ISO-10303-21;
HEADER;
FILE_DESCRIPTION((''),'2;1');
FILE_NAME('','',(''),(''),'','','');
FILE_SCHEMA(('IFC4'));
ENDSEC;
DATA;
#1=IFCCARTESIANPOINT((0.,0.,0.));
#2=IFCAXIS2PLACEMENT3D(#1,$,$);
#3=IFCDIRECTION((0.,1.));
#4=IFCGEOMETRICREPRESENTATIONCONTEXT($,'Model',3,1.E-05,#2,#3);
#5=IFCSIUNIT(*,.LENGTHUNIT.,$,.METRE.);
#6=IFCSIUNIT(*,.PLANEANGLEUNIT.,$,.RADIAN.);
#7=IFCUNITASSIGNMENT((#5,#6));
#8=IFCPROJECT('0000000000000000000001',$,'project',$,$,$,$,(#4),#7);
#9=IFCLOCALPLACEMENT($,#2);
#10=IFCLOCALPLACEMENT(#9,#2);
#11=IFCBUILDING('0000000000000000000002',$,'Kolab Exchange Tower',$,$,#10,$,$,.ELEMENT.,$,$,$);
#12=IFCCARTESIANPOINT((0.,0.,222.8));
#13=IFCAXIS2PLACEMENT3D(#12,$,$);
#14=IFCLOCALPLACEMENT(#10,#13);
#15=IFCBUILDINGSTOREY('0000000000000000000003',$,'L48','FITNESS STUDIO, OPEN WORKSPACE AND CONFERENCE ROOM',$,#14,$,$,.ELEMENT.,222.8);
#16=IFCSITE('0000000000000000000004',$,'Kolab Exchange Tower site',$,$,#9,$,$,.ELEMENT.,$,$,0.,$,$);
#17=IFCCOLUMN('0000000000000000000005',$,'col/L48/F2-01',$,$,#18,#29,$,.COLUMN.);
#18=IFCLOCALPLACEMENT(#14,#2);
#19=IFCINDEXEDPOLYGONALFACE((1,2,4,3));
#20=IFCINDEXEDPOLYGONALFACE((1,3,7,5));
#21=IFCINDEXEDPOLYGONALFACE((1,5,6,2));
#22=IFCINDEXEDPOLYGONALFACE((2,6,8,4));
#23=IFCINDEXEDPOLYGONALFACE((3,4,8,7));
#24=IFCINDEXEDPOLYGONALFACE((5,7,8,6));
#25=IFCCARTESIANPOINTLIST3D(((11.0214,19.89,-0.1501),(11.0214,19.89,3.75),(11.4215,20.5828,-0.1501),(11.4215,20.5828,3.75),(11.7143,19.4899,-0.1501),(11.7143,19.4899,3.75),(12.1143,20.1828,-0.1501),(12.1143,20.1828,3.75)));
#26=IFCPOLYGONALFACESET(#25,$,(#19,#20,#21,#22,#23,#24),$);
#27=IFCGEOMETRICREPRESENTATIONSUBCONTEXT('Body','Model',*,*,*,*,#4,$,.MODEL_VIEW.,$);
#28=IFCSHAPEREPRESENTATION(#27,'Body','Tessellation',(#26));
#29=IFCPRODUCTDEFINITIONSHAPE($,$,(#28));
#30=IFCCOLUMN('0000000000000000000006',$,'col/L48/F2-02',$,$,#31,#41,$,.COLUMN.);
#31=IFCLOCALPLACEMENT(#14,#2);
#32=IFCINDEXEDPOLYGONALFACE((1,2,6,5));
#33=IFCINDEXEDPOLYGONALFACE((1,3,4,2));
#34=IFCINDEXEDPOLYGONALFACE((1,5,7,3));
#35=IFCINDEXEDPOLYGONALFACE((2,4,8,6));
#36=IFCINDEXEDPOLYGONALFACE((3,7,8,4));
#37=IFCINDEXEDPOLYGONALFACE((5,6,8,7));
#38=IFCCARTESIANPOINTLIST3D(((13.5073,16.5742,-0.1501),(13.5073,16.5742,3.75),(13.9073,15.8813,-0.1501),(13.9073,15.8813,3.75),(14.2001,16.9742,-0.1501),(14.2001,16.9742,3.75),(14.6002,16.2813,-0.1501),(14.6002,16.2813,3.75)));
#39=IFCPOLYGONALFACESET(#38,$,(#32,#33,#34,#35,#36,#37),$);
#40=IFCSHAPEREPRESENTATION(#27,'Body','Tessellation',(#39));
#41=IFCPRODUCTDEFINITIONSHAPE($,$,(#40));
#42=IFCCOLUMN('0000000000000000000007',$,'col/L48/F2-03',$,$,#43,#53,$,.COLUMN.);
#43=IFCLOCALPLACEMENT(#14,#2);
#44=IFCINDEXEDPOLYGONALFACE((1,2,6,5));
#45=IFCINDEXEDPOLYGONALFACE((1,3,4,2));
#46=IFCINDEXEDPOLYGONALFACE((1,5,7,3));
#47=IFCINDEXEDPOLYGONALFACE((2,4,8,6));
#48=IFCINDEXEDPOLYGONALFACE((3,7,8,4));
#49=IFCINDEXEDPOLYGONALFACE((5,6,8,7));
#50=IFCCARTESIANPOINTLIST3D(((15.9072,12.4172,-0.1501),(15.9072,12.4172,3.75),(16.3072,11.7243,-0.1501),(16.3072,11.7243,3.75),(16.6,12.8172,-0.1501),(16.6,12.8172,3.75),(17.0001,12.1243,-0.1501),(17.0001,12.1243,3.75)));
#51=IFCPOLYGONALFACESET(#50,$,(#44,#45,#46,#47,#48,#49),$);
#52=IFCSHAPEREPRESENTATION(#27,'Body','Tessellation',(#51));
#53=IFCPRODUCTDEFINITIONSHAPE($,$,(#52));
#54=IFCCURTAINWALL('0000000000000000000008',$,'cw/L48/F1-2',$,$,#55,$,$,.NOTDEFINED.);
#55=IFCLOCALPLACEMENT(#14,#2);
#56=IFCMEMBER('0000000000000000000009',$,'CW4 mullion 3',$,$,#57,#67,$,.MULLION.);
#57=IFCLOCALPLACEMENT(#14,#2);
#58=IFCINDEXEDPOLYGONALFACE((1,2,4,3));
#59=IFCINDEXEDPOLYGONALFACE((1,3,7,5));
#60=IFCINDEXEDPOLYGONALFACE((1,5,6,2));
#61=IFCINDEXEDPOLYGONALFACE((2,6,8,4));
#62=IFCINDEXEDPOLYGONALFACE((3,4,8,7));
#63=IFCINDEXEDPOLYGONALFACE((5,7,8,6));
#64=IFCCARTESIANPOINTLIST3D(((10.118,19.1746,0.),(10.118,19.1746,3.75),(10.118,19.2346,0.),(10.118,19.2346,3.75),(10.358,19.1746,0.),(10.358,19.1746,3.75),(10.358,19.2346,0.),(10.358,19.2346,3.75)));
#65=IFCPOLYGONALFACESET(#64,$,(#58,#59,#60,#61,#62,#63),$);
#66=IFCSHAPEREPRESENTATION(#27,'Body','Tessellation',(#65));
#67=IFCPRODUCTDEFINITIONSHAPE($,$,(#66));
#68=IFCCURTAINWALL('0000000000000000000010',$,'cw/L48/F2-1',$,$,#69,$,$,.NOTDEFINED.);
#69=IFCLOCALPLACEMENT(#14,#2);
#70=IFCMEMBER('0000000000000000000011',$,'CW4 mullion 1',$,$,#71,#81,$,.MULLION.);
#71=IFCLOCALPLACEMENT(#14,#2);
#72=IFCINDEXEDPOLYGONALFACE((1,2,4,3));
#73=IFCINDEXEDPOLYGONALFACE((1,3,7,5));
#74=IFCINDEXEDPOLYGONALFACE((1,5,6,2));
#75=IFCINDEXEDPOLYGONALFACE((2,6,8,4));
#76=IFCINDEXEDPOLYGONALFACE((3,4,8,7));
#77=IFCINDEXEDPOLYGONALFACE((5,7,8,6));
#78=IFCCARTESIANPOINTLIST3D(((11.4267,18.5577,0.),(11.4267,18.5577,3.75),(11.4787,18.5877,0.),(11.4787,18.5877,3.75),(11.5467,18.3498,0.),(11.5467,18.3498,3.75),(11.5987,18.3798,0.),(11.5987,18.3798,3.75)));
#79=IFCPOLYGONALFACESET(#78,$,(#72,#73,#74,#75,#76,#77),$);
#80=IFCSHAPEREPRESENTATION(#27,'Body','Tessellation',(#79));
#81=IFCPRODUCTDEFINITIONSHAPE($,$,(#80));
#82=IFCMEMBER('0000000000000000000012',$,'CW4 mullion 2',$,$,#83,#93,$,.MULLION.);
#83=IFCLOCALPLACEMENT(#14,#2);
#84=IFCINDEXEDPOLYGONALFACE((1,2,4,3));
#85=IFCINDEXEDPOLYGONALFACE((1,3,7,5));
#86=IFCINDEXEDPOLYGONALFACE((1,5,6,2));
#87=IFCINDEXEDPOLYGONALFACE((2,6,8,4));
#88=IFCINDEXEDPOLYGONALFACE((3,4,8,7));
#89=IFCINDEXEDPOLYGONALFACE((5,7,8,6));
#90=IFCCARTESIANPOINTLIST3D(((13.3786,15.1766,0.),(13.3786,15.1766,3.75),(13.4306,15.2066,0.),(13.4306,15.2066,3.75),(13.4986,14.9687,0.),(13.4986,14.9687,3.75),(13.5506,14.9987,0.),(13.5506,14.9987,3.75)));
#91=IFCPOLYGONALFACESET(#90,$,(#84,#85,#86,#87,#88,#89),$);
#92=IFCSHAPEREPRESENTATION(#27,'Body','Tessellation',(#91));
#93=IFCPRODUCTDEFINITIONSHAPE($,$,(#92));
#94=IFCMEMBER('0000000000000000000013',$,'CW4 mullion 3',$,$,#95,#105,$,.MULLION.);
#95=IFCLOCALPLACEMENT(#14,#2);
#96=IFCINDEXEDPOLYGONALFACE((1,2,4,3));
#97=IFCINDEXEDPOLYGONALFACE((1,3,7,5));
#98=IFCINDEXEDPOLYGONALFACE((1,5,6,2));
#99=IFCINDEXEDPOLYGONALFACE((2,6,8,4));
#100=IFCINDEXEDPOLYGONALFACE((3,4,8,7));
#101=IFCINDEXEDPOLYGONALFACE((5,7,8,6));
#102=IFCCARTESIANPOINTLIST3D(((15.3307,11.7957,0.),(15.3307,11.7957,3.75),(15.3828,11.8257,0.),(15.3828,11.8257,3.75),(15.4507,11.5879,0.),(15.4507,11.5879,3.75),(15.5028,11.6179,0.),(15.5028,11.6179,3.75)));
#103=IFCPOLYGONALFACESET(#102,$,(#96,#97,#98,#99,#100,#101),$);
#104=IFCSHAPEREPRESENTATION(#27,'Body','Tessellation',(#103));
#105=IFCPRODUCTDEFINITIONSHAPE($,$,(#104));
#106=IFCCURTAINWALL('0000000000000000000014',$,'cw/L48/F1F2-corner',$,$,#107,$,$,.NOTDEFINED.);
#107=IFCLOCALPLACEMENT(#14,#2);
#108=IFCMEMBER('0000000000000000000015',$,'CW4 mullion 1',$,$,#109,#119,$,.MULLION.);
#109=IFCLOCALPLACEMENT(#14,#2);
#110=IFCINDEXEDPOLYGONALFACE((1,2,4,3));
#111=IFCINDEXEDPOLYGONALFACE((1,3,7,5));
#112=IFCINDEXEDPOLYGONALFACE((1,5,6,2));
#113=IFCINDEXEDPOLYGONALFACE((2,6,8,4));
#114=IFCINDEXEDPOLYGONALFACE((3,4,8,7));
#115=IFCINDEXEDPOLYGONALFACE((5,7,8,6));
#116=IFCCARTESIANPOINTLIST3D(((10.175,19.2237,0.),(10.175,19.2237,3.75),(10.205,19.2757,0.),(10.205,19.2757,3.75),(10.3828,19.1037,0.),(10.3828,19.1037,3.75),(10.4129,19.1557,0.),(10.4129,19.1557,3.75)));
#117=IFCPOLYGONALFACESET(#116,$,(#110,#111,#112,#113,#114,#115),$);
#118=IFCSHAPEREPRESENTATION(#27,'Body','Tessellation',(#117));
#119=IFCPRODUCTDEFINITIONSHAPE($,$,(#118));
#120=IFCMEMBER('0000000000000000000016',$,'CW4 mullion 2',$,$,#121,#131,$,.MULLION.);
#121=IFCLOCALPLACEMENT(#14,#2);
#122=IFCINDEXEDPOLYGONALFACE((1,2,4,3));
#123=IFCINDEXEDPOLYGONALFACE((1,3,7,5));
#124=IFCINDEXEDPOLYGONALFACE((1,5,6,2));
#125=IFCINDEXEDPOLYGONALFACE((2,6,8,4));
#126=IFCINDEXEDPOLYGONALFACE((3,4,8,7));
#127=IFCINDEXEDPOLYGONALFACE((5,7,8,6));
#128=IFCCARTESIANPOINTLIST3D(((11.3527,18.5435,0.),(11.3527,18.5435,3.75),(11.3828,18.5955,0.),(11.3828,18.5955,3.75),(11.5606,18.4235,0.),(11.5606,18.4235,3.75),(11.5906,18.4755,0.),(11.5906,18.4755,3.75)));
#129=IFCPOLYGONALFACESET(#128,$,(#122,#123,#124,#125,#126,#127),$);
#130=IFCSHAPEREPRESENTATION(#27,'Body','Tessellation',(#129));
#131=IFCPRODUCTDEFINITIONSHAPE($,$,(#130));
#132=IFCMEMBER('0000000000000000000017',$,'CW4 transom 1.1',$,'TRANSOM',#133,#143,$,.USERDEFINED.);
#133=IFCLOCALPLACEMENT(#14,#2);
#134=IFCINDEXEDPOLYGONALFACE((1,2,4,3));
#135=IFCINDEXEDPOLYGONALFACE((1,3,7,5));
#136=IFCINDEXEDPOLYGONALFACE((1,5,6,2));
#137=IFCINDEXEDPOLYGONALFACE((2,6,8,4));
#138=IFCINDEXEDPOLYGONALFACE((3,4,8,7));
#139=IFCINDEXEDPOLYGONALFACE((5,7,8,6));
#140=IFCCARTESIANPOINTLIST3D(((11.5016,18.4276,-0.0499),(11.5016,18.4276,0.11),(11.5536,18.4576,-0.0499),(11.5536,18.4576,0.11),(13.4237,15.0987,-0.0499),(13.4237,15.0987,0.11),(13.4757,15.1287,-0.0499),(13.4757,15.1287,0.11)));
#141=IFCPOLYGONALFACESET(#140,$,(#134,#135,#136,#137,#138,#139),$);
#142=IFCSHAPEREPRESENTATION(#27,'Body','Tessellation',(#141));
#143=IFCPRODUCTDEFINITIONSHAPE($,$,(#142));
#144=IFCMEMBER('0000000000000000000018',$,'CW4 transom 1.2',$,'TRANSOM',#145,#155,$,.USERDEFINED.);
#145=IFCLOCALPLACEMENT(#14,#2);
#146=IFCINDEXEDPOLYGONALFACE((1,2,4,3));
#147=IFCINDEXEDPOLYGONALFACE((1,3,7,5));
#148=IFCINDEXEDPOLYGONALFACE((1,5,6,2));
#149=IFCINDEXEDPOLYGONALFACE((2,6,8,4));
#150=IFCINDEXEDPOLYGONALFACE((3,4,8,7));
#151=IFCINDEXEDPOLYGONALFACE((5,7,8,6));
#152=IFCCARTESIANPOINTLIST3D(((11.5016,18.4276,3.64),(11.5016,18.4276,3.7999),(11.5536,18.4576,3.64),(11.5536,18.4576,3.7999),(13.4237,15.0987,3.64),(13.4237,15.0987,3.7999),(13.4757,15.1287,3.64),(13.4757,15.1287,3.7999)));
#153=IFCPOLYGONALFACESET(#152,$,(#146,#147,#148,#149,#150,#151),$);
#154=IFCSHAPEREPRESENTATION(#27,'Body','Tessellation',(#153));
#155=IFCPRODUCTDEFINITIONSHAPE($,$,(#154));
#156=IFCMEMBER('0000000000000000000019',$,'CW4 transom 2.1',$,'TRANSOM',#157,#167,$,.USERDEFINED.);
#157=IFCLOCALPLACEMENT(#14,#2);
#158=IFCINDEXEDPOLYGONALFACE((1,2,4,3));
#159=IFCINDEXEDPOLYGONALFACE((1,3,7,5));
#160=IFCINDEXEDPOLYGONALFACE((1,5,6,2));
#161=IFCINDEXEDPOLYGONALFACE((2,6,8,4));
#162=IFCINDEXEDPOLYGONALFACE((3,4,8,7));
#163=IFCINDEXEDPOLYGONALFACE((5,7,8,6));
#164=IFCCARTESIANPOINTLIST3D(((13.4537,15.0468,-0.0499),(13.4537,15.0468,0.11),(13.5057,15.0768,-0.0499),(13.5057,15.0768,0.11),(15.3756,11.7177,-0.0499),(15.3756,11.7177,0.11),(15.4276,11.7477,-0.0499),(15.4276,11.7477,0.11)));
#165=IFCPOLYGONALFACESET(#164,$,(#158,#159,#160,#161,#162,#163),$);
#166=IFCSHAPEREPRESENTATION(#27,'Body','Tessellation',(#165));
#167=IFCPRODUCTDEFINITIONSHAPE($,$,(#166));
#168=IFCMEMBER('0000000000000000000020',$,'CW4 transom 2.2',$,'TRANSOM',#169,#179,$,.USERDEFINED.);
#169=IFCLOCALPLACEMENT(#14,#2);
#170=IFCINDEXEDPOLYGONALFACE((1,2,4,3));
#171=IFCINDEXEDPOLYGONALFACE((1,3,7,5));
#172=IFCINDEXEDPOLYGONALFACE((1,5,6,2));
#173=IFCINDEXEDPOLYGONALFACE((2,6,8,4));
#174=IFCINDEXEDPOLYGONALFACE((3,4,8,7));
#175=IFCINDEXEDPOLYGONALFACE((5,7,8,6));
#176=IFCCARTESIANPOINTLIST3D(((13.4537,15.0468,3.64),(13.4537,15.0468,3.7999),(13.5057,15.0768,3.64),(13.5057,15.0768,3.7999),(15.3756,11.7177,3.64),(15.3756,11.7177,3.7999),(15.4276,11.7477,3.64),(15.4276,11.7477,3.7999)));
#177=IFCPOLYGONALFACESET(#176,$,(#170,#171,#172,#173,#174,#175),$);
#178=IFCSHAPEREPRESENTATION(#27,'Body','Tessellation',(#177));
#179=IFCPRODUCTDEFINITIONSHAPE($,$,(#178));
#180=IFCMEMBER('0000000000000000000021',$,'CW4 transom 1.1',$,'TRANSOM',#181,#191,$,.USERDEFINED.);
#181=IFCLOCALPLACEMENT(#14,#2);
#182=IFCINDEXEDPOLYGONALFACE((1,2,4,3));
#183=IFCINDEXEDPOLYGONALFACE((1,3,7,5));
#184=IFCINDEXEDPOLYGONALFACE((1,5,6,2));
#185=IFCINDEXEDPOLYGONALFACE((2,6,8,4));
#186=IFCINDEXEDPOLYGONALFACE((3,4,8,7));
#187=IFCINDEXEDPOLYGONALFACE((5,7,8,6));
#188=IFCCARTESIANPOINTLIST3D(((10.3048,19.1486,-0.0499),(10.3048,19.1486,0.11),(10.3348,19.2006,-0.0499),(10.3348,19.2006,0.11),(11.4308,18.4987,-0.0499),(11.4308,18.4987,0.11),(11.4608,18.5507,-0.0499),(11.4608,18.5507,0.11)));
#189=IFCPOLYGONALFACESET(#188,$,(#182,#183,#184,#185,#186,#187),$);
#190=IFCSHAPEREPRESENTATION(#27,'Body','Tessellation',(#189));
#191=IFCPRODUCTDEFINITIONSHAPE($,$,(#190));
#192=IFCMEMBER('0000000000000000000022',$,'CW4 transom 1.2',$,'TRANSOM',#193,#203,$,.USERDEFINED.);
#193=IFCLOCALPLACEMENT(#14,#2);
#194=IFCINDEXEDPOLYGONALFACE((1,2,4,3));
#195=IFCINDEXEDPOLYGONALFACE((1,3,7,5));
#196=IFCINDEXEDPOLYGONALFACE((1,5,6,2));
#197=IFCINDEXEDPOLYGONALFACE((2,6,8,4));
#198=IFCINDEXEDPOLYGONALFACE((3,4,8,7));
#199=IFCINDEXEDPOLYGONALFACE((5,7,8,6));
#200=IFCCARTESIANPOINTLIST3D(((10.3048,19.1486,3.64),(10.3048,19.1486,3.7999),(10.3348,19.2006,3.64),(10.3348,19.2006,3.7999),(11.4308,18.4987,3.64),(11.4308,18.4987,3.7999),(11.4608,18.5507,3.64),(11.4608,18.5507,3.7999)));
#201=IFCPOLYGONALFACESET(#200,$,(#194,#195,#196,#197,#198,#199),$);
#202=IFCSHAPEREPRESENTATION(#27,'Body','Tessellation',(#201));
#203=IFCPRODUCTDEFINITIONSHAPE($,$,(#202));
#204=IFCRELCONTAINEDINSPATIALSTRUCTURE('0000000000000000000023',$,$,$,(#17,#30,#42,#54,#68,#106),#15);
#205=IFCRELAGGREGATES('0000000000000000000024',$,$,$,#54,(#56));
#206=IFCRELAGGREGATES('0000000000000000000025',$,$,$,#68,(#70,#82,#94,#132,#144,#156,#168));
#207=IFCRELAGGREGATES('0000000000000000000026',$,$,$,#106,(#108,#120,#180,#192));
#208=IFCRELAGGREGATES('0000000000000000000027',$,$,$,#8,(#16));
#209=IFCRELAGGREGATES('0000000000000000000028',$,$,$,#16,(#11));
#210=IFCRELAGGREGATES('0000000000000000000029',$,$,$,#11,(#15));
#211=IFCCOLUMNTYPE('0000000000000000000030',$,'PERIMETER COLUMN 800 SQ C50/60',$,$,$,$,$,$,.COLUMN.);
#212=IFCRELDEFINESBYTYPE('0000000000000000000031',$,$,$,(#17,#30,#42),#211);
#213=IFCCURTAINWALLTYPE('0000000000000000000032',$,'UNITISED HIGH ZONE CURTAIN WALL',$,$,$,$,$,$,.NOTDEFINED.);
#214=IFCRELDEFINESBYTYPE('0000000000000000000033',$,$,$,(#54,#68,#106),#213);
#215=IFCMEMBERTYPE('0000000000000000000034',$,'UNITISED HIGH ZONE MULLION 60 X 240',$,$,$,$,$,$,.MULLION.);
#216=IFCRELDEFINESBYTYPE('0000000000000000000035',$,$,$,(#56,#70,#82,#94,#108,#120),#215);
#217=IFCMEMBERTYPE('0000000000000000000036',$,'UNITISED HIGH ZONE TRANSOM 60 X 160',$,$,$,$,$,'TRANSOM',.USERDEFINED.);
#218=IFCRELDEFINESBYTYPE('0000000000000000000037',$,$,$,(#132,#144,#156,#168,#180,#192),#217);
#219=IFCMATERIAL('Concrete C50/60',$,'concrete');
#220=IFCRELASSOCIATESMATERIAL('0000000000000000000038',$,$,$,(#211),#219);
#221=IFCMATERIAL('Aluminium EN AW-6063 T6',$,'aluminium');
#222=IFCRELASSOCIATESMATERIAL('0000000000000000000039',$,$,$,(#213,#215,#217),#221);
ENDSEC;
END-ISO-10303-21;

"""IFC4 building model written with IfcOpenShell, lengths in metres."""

from ifc_helpers import new_model, si_unit, direction, frame, origin, origin_2d, place, context, subcontext, project, spatial, rectangle, extrude, material, material_profile, profile_set, type_object, element, aggregate, save


model = new_model("IFC4")

# Units and contexts
model_context = context("Model", 3, precision=1e-05, world=origin(), true_north=direction((0.0, 1.0)))
body_context = subcontext(model_context, "Body", "Model", "MODEL_VIEW")
ifc_project = project(units=[si_unit("LENGTHUNIT", "METRE"), si_unit("PLANEANGLEUNIT", "RADIAN")], contexts=[model_context])

# Site, building, storey
site_placement = place(None, origin())
site = spatial("IfcSite", under=ifc_project, at=site_placement, Name="Kolab Exchange Tower site", CompositionType="ELEMENT", RefElevation=0.0)
building_placement = place(site_placement, origin())
building = spatial("IfcBuilding", under=site, at=building_placement, Name="Kolab Exchange Tower", CompositionType="ELEMENT")
storey_placement = place(building_placement, frame((0.0, 0.0, 222.8)))
storey = spatial("IfcBuildingStorey", under=building, at=storey_placement, Name="L48", Description="FITNESS STUDIO, OPEN WORKSPACE AND CONFERENCE ROOM", CompositionType="ELEMENT", Elevation=222.8)

# Columns
ifc_material_1 = material(Name="Concrete C50/60", Category="concrete")
ifc_material_profile_1 = material_profile(ifc_material_1, rectangle(XDim=0.8, YDim=0.8, at=origin_2d()), Name="RC800")
ifc_profile_set_1 = profile_set([ifc_material_profile_1], Name="Concrete C50/60")
column_type = type_object("IfcColumnType", Name="PERIMETER COLUMN 800 SQ C50/60", PredefinedType="COLUMN", material=ifc_profile_set_1)
for number, where, z_axis, x_axis, name in (
    (1, (11.5679, 20.0364, -0.1501), (0.0, 0.0, 1.0), (0.5, 0.866025, 0.0), "col/L48/F2-01"),
    (2, (14.0537, 16.4277, -0.1501), (0.0, 0.0, 1.0), (0.866025, 0.5, 0.0), "col/L48/F2-02"),
    (3, (16.4536, 12.2708, -0.1501), (0.0, 0.0, 1.0), (0.866025, 0.5, 0.0), "col/L48/F2-03"),
):
    element("IfcColumn", number, at=place(storey_placement, frame(where, z_axis=z_axis, x_axis=x_axis)), inside=storey, type_object=column_type, Name=name, PredefinedType="COLUMN", context=body_context, shape_type="SweptSolid", body=[
        extrude(rectangle(XDim=0.8, YDim=0.8, at=origin_2d()), origin(), (0.0, 0.0, 1.0), 3.9001),
    ])

# Curtain wall, member
ifc_material_2 = material(Name="Aluminium EN AW-6063 T6", Category="aluminium")
curtain_wall_type = type_object("IfcCurtainWallType", Name="UNITISED HIGH ZONE CURTAIN WALL", PredefinedType="NOTDEFINED", material=ifc_material_2)
curtain_wall_1_placement = place(storey_placement, origin())
curtain_wall_1 = element("IfcCurtainWall", 4, at=curtain_wall_1_placement, inside=storey, type_object=curtain_wall_type, Name="cw/L48/F1-2", PredefinedType="NOTDEFINED")
ifc_material_profile_2 = material_profile(ifc_material_2, rectangle(XDim=0.0601, YDim=0.24, at=origin_2d()), Name="RECT 60X240")
ifc_profile_set_2 = profile_set([ifc_material_profile_2], Name="Aluminium EN AW-6063 T6")
member_type_1 = type_object("IfcMemberType", Name="UNITISED HIGH ZONE MULLION 60 X 240", PredefinedType="MULLION", material=ifc_profile_set_2)
member_1_placement = place(storey_placement, frame((10.238, 19.2046, 0.0), z_axis=(0.0, 0.0, 1.0), x_axis=(0.0, 1.0, 0.0)))
member_1 = element("IfcMember", 5, at=member_1_placement, type_object=member_type_1, Name="CW4 mullion 3", PredefinedType="MULLION", context=body_context, shape_type="SweptSolid", body=[
    extrude(rectangle(XDim=0.0601, YDim=0.24, at=origin_2d()), origin(), (0.0, 0.0, 1.0), 3.75),
])
aggregate(curtain_wall_1, [member_1])

# Curtain walls, members
curtain_wall_2_placement = place(storey_placement, origin())
curtain_wall_2 = element("IfcCurtainWall", 6, at=curtain_wall_2_placement, inside=storey, type_object=curtain_wall_type, Name="cw/L48/F2-1", PredefinedType="NOTDEFINED")
member_2_placement = place(storey_placement, frame((11.5127, 18.4688, 0.0), z_axis=(0.0, 0.0, 1.0), x_axis=(0.866025, 0.5, 0.0)))
member_2 = element("IfcMember", 7, at=member_2_placement, type_object=member_type_1, Name="CW4 mullion 1", PredefinedType="MULLION", context=body_context, shape_type="SweptSolid", body=[
    extrude(rectangle(XDim=0.0601, YDim=0.24, at=origin_2d()), origin(), (0.0, 0.0, 1.0), 3.75),
])
member_3_placement = place(storey_placement, frame((13.4646, 15.0876, 0.0), z_axis=(0.0, 0.0, 1.0), x_axis=(0.866025, 0.5, 0.0)))
member_3 = element("IfcMember", 8, at=member_3_placement, type_object=member_type_1, Name="CW4 mullion 2", PredefinedType="MULLION", context=body_context, shape_type="SweptSolid", body=[
    extrude(rectangle(XDim=0.0601, YDim=0.24, at=origin_2d()), origin(), (0.0, 0.0, 1.0), 3.75),
])
member_4_placement = place(storey_placement, frame((15.4167, 11.7068, 0.0), z_axis=(0.0, 0.0, 1.0), x_axis=(0.866025, 0.5, 0.0)))
member_4 = element("IfcMember", 9, at=member_4_placement, type_object=member_type_1, Name="CW4 mullion 3", PredefinedType="MULLION", context=body_context, shape_type="SweptSolid", body=[
    extrude(rectangle(XDim=0.0601, YDim=0.24, at=origin_2d()), origin(), (0.0, 0.0, 1.0), 3.75),
])
curtain_wall_3_placement = place(storey_placement, origin())
curtain_wall_3 = element("IfcCurtainWall", 10, at=curtain_wall_3_placement, inside=storey, type_object=curtain_wall_type, Name="cw/L48/F1F2-corner", PredefinedType="NOTDEFINED")
member_5_placement = place(storey_placement, frame((10.2939, 19.1897, 0.0), z_axis=(0.0, 0.0, 1.0), x_axis=(0.5, 0.866025, 0.0)))
member_5 = element("IfcMember", 11, at=member_5_placement, type_object=member_type_1, Name="CW4 mullion 1", PredefinedType="MULLION", context=body_context, shape_type="SweptSolid", body=[
    extrude(rectangle(XDim=0.0601, YDim=0.24, at=origin_2d()), origin(), (0.0, 0.0, 1.0), 3.75),
])
member_6_placement = place(storey_placement, frame((11.4717, 18.5095, 0.0), z_axis=(0.0, 0.0, 1.0), x_axis=(0.5, 0.866025, 0.0)))
member_6 = element("IfcMember", 12, at=member_6_placement, type_object=member_type_1, Name="CW4 mullion 2", PredefinedType="MULLION", context=body_context, shape_type="SweptSolid", body=[
    extrude(rectangle(XDim=0.0601, YDim=0.24, at=origin_2d()), origin(), (0.0, 0.0, 1.0), 3.75),
])

# Members
ifc_material_profile_3 = material_profile(ifc_material_2, rectangle(XDim=0.0601, YDim=0.1599, at=origin_2d()), Name="RECT 60X160")
ifc_profile_set_3 = profile_set([ifc_material_profile_3], Name="Aluminium EN AW-6063 T6")
member_type_2 = type_object("IfcMemberType", Name="UNITISED HIGH ZONE TRANSOM 60 X 160", ElementType="TRANSOM", PredefinedType="USERDEFINED", material=ifc_profile_set_3)
member_7_placement = place(storey_placement, frame((11.5276, 18.4426, 0.03), z_axis=(0.500039, -0.866003, 0.0), x_axis=(0.866003, 0.500039, 0.0)))
member_7 = element("IfcMember", 13, at=member_7_placement, type_object=member_type_2, Name="CW4 transom 1.1", ObjectType="TRANSOM", PredefinedType="USERDEFINED", context=body_context, shape_type="SweptSolid", body=[
    extrude(rectangle(XDim=0.0601, YDim=0.1599, at=origin_2d()), origin(), (0.0, 0.0, 1.0), 3.844),
])
member_8_placement = place(storey_placement, frame((11.5276, 18.4426, 3.72), z_axis=(0.500039, -0.866003, 0.0), x_axis=(0.866003, 0.500039, 0.0)))
member_8 = element("IfcMember", 14, at=member_8_placement, type_object=member_type_2, Name="CW4 transom 1.2", ObjectType="TRANSOM", PredefinedType="USERDEFINED", context=body_context, shape_type="SweptSolid", body=[
    extrude(rectangle(XDim=0.0601, YDim=0.1599, at=origin_2d()), origin(), (0.0, 0.0, 1.0), 3.844),
])
member_9_placement = place(storey_placement, frame((13.4797, 15.0618, 0.03), z_axis=(0.499964, -0.866046, 0.0), x_axis=(0.866046, 0.499964, 0.0)))
member_9 = element("IfcMember", 15, at=member_9_placement, type_object=member_type_2, Name="CW4 transom 2.1", ObjectType="TRANSOM", PredefinedType="USERDEFINED", context=body_context, shape_type="SweptSolid", body=[
    extrude(rectangle(XDim=0.0601, YDim=0.1599, at=origin_2d()), origin(), (0.0, 0.0, 1.0), 3.844),
])
member_10_placement = place(storey_placement, frame((13.4797, 15.0618, 3.72), z_axis=(0.499964, -0.866046, 0.0), x_axis=(0.866046, 0.499964, 0.0)))
member_10 = element("IfcMember", 16, at=member_10_placement, type_object=member_type_2, Name="CW4 transom 2.2", ObjectType="TRANSOM", PredefinedType="USERDEFINED", context=body_context, shape_type="SweptSolid", body=[
    extrude(rectangle(XDim=0.0601, YDim=0.1599, at=origin_2d()), origin(), (0.0, 0.0, 1.0), 3.844),
])
member_11_placement = place(storey_placement, frame((10.3198, 19.1746, 0.03), z_axis=(0.866086, -0.499896, 0.0), x_axis=(0.499896, 0.866086, 0.0)))
member_11 = element("IfcMember", 17, at=member_11_placement, type_object=member_type_2, Name="CW4 transom 1.1", ObjectType="TRANSOM", PredefinedType="USERDEFINED", context=body_context, shape_type="SweptSolid", body=[
    extrude(rectangle(XDim=0.0601, YDim=0.1599, at=origin_2d()), origin(), (0.0, 0.0, 1.0), 1.3),
])
member_12_placement = place(storey_placement, frame((10.3198, 19.1746, 3.72), z_axis=(0.866086, -0.499896, 0.0), x_axis=(0.499896, 0.866086, 0.0)))
member_12 = element("IfcMember", 18, at=member_12_placement, type_object=member_type_2, Name="CW4 transom 1.2", ObjectType="TRANSOM", PredefinedType="USERDEFINED", context=body_context, shape_type="SweptSolid", body=[
    extrude(rectangle(XDim=0.0601, YDim=0.1599, at=origin_2d()), origin(), (0.0, 0.0, 1.0), 1.3),
])

aggregate(curtain_wall_2, [member_2, member_3, member_4, member_7, member_8, member_9, member_10])
aggregate(curtain_wall_3, [member_5, member_6, member_11, member_12])

save(model, "model.ifc")
